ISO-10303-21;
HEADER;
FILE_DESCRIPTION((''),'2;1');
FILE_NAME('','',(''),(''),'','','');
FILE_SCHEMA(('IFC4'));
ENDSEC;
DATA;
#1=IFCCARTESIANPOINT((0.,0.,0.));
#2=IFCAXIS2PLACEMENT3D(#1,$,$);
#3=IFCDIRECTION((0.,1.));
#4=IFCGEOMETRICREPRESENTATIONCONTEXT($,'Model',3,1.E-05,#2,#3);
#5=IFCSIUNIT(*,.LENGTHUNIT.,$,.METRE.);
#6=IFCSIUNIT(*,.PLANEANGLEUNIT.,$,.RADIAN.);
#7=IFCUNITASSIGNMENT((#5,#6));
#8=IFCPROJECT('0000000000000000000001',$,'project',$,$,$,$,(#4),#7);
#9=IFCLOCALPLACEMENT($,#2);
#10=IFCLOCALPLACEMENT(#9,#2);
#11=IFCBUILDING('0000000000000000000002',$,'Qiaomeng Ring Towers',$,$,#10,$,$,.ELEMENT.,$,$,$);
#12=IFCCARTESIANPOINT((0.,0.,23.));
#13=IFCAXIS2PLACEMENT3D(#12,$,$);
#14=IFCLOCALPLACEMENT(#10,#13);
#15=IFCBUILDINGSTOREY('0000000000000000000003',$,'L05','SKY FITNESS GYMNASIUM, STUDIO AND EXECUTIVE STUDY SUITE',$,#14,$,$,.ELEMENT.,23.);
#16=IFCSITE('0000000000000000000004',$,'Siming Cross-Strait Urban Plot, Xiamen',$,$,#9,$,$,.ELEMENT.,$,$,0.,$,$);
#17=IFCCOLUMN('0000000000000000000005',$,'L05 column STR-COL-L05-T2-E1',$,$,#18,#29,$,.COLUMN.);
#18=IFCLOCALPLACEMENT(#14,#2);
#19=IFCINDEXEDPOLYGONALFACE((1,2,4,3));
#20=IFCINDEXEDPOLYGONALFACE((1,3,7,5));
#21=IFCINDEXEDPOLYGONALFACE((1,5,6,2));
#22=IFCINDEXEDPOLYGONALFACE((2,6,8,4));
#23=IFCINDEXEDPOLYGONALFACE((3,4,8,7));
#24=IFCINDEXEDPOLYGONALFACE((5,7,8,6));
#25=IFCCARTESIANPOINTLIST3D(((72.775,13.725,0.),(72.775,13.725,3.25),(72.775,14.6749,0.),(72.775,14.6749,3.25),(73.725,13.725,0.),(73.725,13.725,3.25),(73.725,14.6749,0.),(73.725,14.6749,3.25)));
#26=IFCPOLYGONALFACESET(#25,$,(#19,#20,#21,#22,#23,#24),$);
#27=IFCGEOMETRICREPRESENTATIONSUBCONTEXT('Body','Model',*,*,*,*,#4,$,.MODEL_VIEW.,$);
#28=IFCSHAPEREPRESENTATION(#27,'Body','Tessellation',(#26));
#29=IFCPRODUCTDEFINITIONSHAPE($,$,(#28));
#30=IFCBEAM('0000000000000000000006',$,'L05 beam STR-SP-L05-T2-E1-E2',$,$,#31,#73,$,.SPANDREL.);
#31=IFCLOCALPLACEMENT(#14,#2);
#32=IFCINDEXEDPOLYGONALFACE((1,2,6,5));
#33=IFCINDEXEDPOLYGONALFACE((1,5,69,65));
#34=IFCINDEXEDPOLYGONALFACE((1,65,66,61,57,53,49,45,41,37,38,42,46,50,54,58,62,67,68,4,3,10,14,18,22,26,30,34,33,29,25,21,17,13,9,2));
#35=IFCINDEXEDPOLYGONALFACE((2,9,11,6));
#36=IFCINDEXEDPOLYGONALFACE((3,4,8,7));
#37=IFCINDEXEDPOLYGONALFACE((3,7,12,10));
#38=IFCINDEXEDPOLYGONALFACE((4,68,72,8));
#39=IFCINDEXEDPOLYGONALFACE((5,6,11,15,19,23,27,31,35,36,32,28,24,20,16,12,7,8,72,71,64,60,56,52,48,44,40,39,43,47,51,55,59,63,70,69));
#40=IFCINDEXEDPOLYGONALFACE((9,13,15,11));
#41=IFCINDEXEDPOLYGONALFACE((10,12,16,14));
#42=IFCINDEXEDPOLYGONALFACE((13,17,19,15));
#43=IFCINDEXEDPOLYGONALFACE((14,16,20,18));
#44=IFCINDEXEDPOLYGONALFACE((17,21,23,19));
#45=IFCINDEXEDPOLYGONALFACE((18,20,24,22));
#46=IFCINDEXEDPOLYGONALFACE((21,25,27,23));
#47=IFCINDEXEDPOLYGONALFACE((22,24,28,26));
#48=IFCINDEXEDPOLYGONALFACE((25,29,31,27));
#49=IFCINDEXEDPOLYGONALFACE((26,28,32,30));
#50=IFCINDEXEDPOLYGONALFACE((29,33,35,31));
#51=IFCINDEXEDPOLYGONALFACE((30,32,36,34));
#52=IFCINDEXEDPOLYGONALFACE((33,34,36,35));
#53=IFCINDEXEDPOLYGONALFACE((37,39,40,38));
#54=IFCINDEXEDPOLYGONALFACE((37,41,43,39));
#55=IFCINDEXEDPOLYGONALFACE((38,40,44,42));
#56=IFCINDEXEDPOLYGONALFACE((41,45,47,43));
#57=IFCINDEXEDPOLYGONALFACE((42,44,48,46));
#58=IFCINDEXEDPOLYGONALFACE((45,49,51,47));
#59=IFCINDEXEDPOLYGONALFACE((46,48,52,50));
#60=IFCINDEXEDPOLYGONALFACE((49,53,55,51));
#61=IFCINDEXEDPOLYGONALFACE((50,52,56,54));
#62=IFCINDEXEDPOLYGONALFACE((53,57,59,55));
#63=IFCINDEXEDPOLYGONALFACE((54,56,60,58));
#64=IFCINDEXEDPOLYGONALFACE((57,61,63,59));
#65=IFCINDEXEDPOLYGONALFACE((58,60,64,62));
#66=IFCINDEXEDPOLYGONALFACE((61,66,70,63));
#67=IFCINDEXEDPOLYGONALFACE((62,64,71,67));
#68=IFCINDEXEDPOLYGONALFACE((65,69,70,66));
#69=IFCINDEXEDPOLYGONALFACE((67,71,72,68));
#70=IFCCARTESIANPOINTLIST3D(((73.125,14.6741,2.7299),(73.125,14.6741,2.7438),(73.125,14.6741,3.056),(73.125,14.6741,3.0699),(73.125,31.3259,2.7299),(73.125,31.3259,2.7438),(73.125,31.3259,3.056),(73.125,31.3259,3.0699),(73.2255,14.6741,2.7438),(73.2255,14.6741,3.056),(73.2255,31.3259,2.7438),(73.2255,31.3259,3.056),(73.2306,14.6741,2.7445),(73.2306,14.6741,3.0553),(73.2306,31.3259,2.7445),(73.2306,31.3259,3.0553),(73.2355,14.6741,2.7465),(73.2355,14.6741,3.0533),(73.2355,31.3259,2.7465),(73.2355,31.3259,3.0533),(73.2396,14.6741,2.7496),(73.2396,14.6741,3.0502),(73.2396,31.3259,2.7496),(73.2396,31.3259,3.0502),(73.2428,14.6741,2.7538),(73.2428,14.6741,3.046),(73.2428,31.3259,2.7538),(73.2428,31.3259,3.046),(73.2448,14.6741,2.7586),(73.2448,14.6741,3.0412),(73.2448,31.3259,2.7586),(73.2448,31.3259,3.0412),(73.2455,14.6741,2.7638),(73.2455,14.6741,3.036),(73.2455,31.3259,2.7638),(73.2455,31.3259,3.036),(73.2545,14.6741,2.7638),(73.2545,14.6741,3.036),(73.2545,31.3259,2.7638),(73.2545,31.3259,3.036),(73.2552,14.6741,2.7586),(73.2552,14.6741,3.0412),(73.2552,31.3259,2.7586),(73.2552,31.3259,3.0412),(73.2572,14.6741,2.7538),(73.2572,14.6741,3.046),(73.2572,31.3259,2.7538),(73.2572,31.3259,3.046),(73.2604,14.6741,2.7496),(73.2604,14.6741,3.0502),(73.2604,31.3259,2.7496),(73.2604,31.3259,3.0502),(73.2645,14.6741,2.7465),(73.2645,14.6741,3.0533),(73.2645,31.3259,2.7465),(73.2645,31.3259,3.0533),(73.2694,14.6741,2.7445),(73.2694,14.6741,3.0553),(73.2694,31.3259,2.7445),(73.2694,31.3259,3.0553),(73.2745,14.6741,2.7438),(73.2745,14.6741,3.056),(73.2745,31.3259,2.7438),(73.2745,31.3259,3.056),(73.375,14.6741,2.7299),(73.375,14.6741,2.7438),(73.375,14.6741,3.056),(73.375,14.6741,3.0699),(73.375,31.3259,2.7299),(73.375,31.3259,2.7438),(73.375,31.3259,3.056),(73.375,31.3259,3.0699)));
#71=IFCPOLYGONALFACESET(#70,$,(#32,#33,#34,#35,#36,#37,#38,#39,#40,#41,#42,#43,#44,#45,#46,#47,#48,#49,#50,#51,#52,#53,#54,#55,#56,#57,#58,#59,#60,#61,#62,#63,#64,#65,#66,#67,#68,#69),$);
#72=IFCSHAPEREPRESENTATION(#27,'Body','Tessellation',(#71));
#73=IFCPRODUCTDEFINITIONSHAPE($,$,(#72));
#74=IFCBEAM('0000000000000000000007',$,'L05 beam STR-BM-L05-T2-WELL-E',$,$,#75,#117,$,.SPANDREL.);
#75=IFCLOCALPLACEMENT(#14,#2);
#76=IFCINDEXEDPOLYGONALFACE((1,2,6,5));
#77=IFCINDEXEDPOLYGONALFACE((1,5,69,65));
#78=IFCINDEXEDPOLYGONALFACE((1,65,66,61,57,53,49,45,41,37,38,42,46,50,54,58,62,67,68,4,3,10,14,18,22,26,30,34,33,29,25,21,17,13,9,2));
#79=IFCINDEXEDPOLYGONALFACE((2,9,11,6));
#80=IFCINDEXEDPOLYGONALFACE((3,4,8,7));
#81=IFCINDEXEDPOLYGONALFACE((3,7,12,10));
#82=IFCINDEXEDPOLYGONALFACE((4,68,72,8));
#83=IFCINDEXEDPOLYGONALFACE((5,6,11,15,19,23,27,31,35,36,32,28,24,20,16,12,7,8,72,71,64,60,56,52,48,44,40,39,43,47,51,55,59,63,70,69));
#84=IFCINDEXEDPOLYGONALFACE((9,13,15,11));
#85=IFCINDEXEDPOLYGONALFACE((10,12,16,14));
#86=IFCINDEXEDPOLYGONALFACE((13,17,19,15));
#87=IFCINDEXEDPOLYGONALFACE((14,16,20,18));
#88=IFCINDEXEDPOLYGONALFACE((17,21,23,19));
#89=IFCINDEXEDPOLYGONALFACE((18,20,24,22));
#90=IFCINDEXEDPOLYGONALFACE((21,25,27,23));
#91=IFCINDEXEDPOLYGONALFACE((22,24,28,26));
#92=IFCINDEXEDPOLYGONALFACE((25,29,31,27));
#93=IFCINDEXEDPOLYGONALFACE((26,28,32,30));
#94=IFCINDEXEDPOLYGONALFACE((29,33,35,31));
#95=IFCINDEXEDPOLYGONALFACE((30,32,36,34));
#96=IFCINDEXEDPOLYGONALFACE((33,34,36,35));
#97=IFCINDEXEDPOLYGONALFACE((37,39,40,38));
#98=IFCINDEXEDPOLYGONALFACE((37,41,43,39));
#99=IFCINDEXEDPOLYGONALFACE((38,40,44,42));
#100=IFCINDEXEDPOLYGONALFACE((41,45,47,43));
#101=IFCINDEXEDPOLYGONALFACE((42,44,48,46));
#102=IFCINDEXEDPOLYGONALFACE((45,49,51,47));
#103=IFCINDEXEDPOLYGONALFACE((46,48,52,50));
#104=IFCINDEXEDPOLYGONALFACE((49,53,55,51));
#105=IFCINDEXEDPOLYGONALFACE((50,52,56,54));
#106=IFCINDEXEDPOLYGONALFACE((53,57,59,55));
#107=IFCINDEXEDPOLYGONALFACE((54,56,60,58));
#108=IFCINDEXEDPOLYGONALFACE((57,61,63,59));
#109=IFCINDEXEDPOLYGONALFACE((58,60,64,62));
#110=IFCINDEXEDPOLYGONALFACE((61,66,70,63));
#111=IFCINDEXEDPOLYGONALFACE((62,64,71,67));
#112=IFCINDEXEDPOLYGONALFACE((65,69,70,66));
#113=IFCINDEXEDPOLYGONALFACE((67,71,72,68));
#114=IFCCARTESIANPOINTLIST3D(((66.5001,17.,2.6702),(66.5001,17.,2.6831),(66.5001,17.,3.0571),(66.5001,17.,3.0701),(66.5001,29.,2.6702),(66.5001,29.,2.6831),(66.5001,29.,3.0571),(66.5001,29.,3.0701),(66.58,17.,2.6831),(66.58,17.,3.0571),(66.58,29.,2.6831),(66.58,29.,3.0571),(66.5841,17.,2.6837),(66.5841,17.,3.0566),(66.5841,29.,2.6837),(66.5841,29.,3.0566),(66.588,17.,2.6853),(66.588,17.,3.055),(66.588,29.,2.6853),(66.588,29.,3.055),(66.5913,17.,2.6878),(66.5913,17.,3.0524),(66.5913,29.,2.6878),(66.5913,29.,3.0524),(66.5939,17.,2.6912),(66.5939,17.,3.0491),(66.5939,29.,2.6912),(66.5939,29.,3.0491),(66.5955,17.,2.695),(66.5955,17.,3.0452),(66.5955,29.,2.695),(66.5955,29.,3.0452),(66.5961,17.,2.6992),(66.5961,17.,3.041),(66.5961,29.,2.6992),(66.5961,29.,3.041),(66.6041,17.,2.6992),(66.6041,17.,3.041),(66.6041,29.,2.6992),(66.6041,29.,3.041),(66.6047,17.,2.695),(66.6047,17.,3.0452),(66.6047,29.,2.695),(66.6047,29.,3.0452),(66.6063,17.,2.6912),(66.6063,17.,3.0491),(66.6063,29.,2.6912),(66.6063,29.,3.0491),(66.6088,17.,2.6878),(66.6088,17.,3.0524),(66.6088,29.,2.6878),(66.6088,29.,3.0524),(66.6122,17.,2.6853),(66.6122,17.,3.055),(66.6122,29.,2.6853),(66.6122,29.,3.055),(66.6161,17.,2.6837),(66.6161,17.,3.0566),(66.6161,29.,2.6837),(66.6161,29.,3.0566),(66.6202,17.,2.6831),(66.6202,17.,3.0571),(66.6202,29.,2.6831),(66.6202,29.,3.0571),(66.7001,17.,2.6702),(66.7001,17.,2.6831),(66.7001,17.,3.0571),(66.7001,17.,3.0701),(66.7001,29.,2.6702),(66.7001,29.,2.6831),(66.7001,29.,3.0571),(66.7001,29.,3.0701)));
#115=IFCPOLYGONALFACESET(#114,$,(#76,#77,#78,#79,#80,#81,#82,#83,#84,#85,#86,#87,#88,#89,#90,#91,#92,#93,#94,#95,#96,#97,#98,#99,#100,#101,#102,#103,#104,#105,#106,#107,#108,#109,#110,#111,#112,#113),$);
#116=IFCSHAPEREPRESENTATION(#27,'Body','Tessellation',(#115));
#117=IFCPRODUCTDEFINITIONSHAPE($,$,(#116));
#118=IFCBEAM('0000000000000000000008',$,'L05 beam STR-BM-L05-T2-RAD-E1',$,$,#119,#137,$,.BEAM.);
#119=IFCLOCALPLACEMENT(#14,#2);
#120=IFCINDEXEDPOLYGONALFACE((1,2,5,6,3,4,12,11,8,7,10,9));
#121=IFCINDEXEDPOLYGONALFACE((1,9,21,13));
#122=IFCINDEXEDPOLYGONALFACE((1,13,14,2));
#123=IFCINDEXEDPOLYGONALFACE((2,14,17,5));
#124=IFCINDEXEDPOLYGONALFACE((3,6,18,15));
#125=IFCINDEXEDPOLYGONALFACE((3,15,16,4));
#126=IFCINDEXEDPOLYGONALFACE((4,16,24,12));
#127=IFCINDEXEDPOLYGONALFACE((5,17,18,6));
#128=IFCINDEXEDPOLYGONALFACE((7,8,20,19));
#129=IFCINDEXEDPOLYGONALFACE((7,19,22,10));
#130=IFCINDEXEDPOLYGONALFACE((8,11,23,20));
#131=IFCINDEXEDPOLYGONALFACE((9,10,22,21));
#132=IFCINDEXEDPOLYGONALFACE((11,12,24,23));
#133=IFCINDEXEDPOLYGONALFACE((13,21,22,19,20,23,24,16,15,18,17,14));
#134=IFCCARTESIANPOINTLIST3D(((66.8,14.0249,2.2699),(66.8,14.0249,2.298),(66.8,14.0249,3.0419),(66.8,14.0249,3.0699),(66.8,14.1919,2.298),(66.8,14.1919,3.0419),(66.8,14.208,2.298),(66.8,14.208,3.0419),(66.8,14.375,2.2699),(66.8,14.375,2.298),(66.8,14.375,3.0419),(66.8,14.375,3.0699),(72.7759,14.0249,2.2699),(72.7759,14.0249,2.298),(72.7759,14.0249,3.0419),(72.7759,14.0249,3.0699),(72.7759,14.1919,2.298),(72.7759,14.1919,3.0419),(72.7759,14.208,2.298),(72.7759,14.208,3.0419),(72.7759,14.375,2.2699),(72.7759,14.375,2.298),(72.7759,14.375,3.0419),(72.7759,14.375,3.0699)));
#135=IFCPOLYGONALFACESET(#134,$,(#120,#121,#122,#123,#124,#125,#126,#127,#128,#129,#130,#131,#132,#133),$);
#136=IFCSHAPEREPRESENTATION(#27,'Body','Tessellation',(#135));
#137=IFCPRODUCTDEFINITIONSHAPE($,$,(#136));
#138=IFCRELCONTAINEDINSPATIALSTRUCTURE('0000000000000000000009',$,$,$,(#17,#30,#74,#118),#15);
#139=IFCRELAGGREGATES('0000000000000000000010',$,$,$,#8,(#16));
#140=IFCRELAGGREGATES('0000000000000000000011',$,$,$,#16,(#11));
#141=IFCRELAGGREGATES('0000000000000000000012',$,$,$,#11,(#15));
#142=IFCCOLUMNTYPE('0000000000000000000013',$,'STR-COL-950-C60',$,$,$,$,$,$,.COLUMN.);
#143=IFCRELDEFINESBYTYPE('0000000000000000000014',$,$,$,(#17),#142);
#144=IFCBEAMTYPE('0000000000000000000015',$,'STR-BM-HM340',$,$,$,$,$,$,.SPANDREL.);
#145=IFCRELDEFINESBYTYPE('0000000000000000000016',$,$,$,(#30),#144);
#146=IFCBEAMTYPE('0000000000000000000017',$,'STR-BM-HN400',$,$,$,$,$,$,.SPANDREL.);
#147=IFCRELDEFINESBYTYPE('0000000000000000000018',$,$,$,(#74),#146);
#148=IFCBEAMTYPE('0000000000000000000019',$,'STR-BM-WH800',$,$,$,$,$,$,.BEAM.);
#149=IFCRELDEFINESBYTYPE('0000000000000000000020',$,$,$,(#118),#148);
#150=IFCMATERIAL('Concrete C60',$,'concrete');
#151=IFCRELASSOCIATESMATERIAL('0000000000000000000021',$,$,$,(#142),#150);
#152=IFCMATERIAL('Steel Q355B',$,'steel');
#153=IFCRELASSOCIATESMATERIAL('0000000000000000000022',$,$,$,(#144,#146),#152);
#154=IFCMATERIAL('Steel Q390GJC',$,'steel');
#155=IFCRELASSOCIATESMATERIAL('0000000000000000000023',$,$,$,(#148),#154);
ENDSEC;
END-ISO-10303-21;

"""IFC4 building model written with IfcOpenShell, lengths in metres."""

from ifc_helpers import new_model, si_unit, direction, frame, origin, origin_2d, place, context, subcontext, project, spatial, rectangle, i_section, extrude, source, transform, mapped, material, material_profile, profile_set, type_object, element, save


model = new_model("IFC4")

# Units and contexts
model_context = context("Model", 3, precision=1e-05, world=origin(), true_north=direction((0.0, 1.0)))
body_context = subcontext(model_context, "Body", "Model", "MODEL_VIEW")
ifc_project = project(units=[si_unit("LENGTHUNIT", "METRE"), si_unit("PLANEANGLEUNIT", "RADIAN")], contexts=[model_context])

# Site, building, storey
site_placement = place(None, origin())
site = spatial("IfcSite", under=ifc_project, at=site_placement, Name="Siming Cross-Strait Urban Plot, Xiamen", CompositionType="ELEMENT", RefElevation=0.0)
building_placement = place(site_placement, origin())
building = spatial("IfcBuilding", under=site, at=building_placement, Name="Qiaomeng Ring Towers", CompositionType="ELEMENT")
storey_placement = place(building_placement, frame((0.0, 0.0, 23.0)))
storey = spatial("IfcBuildingStorey", under=building, at=storey_placement, Name="L05", Description="SKY FITNESS GYMNASIUM, STUDIO AND EXECUTIVE STUDY SUITE", CompositionType="ELEMENT", Elevation=23.0)

# Column
ifc_material_1 = material(Name="Concrete C60", Category="concrete")
ifc_material_profile_1 = material_profile(ifc_material_1, rectangle(XDim=0.95, YDim=0.95, at=origin_2d()), Name="RC COL 950x950")
ifc_profile_set_1 = profile_set([ifc_material_profile_1], Name="Concrete C60")
column_type = type_object("IfcColumnType", Name="STR-COL-950-C60", PredefinedType="COLUMN", material=ifc_profile_set_1)
shared_shape_1 = source(origin(), body_context, "Body", "SweptSolid", [
    extrude(rectangle(XDim=0.95, YDim=0.95, at=origin_2d()), origin(), (0.0, 0.0, 1.0), 3.25),
])
column_placement = place(storey_placement, frame((73.25, 14.2, 0.0), z_axis=(0.0, 0.0, 1.0), x_axis=(1.0, 0.0, 0.0)))
element("IfcColumn", 1, at=column_placement, inside=storey, type_object=column_type, Name="L05 column STR-COL-L05-T2-E1", PredefinedType="COLUMN", context=body_context, shape_type="MappedRepresentation", body=[
    mapped(shared_shape_1, transform((0.0, 0.0, 0.0), x_axis=(1.0, 0.0, 0.0), y_axis=(0.0, 1.0, 0.0), z_axis=(0.0, 0.0, 1.0), scale=1.0)),
])

# Beams
ifc_material_2 = material(Name="Steel Q355B", Category="steel")
ifc_material_profile_2 = material_profile(ifc_material_2, i_section(OverallWidth=0.25, OverallDepth=0.3401, WebThickness=0.009, FlangeThickness=0.0139, FilletRadius=0.02, at=origin_2d()), Name="HM 340x250x9x14")
ifc_profile_set_2 = profile_set([ifc_material_profile_2], Name="Steel Q355B")
beam_type_1 = type_object("IfcBeamType", Name="STR-BM-HM340", PredefinedType="SPANDREL", material=ifc_profile_set_2)
shared_shape_2 = source(origin(), body_context, "Body", "SweptSolid", [
    extrude(i_section(OverallWidth=0.25, OverallDepth=0.3401, WebThickness=0.009, FlangeThickness=0.0139, FilletRadius=0.02, at=origin_2d()), origin(), (0.0, 0.0, 1.0), 16.6519),
])
beam_1_placement = place(storey_placement, frame((73.25, 14.6741, 2.8999), z_axis=(0.0, 1.0, 0.0), x_axis=(-1.0, 0.0, 0.0)))
element("IfcBeam", 2, at=beam_1_placement, inside=storey, type_object=beam_type_1, Name="L05 beam STR-SP-L05-T2-E1-E2", PredefinedType="SPANDREL", context=body_context, shape_type="MappedRepresentation", body=[
    mapped(shared_shape_2, transform((0.0, 0.0, 0.0), x_axis=(1.0, 0.0, 0.0), y_axis=(0.0, 1.0, 0.0), z_axis=(0.0, 0.0, 1.0), scale=1.0)),
])
ifc_material_profile_3 = material_profile(ifc_material_2, i_section(OverallWidth=0.2, OverallDepth=0.3999, WebThickness=0.0081, FlangeThickness=0.0129, FilletRadius=0.0161, at=origin_2d()), Name="HN 400x200x8x13")
ifc_profile_set_3 = profile_set([ifc_material_profile_3], Name="Steel Q355B")
beam_type_2 = type_object("IfcBeamType", Name="STR-BM-HN400", PredefinedType="SPANDREL", material=ifc_profile_set_3)
shared_shape_3 = source(origin(), body_context, "Body", "SweptSolid", [
    extrude(i_section(OverallWidth=0.2, OverallDepth=0.3999, WebThickness=0.0081, FlangeThickness=0.0129, FilletRadius=0.0161, at=origin_2d()), origin(), (0.0, 0.0, 1.0), 12.0),
])
beam_2_placement = place(storey_placement, frame((66.6001, 17.0, 2.8701), z_axis=(0.0, 1.0, 0.0), x_axis=(-1.0, 0.0, 0.0)))
element("IfcBeam", 3, at=beam_2_placement, inside=storey, type_object=beam_type_2, Name="L05 beam STR-BM-L05-T2-WELL-E", PredefinedType="SPANDREL", context=body_context, shape_type="MappedRepresentation", body=[
    mapped(shared_shape_3, transform((0.0, 0.0, 0.0), x_axis=(1.0, 0.0, 0.0), y_axis=(0.0, 1.0, 0.0), z_axis=(0.0, 0.0, 1.0), scale=1.0)),
])
ifc_material_3 = material(Name="Steel Q390GJC", Category="steel")
ifc_material_profile_4 = material_profile(ifc_material_3, i_section(OverallWidth=0.3501, OverallDepth=0.8, WebThickness=0.0161, FlangeThickness=0.0281, at=origin_2d()), Name="WH 800x350x16x28")
ifc_profile_set_4 = profile_set([ifc_material_profile_4], Name="Steel Q390GJC")
beam_type_3 = type_object("IfcBeamType", Name="STR-BM-WH800", PredefinedType="BEAM", material=ifc_profile_set_4)
shared_shape_4 = source(origin(), body_context, "Body", "SweptSolid", [
    extrude(i_section(OverallWidth=0.3501, OverallDepth=0.8, WebThickness=0.0161, FlangeThickness=0.0281, at=origin_2d()), origin(), (0.0, 0.0, 1.0), 5.9758),
])
beam_3_placement = place(storey_placement, frame((66.8, 14.2, 2.6699), z_axis=(1.0, 0.0, 0.0), x_axis=(0.0, 1.0, 0.0)))
element("IfcBeam", 4, at=beam_3_placement, inside=storey, type_object=beam_type_3, Name="L05 beam STR-BM-L05-T2-RAD-E1", PredefinedType="BEAM", context=body_context, shape_type="MappedRepresentation", body=[
    mapped(shared_shape_4, transform((0.0, 0.0, 0.0), x_axis=(1.0, 0.0, 0.0), y_axis=(0.0, 1.0, 0.0), z_axis=(0.0, 0.0, 1.0), scale=1.0)),
])

save(model, "model.ifc")
